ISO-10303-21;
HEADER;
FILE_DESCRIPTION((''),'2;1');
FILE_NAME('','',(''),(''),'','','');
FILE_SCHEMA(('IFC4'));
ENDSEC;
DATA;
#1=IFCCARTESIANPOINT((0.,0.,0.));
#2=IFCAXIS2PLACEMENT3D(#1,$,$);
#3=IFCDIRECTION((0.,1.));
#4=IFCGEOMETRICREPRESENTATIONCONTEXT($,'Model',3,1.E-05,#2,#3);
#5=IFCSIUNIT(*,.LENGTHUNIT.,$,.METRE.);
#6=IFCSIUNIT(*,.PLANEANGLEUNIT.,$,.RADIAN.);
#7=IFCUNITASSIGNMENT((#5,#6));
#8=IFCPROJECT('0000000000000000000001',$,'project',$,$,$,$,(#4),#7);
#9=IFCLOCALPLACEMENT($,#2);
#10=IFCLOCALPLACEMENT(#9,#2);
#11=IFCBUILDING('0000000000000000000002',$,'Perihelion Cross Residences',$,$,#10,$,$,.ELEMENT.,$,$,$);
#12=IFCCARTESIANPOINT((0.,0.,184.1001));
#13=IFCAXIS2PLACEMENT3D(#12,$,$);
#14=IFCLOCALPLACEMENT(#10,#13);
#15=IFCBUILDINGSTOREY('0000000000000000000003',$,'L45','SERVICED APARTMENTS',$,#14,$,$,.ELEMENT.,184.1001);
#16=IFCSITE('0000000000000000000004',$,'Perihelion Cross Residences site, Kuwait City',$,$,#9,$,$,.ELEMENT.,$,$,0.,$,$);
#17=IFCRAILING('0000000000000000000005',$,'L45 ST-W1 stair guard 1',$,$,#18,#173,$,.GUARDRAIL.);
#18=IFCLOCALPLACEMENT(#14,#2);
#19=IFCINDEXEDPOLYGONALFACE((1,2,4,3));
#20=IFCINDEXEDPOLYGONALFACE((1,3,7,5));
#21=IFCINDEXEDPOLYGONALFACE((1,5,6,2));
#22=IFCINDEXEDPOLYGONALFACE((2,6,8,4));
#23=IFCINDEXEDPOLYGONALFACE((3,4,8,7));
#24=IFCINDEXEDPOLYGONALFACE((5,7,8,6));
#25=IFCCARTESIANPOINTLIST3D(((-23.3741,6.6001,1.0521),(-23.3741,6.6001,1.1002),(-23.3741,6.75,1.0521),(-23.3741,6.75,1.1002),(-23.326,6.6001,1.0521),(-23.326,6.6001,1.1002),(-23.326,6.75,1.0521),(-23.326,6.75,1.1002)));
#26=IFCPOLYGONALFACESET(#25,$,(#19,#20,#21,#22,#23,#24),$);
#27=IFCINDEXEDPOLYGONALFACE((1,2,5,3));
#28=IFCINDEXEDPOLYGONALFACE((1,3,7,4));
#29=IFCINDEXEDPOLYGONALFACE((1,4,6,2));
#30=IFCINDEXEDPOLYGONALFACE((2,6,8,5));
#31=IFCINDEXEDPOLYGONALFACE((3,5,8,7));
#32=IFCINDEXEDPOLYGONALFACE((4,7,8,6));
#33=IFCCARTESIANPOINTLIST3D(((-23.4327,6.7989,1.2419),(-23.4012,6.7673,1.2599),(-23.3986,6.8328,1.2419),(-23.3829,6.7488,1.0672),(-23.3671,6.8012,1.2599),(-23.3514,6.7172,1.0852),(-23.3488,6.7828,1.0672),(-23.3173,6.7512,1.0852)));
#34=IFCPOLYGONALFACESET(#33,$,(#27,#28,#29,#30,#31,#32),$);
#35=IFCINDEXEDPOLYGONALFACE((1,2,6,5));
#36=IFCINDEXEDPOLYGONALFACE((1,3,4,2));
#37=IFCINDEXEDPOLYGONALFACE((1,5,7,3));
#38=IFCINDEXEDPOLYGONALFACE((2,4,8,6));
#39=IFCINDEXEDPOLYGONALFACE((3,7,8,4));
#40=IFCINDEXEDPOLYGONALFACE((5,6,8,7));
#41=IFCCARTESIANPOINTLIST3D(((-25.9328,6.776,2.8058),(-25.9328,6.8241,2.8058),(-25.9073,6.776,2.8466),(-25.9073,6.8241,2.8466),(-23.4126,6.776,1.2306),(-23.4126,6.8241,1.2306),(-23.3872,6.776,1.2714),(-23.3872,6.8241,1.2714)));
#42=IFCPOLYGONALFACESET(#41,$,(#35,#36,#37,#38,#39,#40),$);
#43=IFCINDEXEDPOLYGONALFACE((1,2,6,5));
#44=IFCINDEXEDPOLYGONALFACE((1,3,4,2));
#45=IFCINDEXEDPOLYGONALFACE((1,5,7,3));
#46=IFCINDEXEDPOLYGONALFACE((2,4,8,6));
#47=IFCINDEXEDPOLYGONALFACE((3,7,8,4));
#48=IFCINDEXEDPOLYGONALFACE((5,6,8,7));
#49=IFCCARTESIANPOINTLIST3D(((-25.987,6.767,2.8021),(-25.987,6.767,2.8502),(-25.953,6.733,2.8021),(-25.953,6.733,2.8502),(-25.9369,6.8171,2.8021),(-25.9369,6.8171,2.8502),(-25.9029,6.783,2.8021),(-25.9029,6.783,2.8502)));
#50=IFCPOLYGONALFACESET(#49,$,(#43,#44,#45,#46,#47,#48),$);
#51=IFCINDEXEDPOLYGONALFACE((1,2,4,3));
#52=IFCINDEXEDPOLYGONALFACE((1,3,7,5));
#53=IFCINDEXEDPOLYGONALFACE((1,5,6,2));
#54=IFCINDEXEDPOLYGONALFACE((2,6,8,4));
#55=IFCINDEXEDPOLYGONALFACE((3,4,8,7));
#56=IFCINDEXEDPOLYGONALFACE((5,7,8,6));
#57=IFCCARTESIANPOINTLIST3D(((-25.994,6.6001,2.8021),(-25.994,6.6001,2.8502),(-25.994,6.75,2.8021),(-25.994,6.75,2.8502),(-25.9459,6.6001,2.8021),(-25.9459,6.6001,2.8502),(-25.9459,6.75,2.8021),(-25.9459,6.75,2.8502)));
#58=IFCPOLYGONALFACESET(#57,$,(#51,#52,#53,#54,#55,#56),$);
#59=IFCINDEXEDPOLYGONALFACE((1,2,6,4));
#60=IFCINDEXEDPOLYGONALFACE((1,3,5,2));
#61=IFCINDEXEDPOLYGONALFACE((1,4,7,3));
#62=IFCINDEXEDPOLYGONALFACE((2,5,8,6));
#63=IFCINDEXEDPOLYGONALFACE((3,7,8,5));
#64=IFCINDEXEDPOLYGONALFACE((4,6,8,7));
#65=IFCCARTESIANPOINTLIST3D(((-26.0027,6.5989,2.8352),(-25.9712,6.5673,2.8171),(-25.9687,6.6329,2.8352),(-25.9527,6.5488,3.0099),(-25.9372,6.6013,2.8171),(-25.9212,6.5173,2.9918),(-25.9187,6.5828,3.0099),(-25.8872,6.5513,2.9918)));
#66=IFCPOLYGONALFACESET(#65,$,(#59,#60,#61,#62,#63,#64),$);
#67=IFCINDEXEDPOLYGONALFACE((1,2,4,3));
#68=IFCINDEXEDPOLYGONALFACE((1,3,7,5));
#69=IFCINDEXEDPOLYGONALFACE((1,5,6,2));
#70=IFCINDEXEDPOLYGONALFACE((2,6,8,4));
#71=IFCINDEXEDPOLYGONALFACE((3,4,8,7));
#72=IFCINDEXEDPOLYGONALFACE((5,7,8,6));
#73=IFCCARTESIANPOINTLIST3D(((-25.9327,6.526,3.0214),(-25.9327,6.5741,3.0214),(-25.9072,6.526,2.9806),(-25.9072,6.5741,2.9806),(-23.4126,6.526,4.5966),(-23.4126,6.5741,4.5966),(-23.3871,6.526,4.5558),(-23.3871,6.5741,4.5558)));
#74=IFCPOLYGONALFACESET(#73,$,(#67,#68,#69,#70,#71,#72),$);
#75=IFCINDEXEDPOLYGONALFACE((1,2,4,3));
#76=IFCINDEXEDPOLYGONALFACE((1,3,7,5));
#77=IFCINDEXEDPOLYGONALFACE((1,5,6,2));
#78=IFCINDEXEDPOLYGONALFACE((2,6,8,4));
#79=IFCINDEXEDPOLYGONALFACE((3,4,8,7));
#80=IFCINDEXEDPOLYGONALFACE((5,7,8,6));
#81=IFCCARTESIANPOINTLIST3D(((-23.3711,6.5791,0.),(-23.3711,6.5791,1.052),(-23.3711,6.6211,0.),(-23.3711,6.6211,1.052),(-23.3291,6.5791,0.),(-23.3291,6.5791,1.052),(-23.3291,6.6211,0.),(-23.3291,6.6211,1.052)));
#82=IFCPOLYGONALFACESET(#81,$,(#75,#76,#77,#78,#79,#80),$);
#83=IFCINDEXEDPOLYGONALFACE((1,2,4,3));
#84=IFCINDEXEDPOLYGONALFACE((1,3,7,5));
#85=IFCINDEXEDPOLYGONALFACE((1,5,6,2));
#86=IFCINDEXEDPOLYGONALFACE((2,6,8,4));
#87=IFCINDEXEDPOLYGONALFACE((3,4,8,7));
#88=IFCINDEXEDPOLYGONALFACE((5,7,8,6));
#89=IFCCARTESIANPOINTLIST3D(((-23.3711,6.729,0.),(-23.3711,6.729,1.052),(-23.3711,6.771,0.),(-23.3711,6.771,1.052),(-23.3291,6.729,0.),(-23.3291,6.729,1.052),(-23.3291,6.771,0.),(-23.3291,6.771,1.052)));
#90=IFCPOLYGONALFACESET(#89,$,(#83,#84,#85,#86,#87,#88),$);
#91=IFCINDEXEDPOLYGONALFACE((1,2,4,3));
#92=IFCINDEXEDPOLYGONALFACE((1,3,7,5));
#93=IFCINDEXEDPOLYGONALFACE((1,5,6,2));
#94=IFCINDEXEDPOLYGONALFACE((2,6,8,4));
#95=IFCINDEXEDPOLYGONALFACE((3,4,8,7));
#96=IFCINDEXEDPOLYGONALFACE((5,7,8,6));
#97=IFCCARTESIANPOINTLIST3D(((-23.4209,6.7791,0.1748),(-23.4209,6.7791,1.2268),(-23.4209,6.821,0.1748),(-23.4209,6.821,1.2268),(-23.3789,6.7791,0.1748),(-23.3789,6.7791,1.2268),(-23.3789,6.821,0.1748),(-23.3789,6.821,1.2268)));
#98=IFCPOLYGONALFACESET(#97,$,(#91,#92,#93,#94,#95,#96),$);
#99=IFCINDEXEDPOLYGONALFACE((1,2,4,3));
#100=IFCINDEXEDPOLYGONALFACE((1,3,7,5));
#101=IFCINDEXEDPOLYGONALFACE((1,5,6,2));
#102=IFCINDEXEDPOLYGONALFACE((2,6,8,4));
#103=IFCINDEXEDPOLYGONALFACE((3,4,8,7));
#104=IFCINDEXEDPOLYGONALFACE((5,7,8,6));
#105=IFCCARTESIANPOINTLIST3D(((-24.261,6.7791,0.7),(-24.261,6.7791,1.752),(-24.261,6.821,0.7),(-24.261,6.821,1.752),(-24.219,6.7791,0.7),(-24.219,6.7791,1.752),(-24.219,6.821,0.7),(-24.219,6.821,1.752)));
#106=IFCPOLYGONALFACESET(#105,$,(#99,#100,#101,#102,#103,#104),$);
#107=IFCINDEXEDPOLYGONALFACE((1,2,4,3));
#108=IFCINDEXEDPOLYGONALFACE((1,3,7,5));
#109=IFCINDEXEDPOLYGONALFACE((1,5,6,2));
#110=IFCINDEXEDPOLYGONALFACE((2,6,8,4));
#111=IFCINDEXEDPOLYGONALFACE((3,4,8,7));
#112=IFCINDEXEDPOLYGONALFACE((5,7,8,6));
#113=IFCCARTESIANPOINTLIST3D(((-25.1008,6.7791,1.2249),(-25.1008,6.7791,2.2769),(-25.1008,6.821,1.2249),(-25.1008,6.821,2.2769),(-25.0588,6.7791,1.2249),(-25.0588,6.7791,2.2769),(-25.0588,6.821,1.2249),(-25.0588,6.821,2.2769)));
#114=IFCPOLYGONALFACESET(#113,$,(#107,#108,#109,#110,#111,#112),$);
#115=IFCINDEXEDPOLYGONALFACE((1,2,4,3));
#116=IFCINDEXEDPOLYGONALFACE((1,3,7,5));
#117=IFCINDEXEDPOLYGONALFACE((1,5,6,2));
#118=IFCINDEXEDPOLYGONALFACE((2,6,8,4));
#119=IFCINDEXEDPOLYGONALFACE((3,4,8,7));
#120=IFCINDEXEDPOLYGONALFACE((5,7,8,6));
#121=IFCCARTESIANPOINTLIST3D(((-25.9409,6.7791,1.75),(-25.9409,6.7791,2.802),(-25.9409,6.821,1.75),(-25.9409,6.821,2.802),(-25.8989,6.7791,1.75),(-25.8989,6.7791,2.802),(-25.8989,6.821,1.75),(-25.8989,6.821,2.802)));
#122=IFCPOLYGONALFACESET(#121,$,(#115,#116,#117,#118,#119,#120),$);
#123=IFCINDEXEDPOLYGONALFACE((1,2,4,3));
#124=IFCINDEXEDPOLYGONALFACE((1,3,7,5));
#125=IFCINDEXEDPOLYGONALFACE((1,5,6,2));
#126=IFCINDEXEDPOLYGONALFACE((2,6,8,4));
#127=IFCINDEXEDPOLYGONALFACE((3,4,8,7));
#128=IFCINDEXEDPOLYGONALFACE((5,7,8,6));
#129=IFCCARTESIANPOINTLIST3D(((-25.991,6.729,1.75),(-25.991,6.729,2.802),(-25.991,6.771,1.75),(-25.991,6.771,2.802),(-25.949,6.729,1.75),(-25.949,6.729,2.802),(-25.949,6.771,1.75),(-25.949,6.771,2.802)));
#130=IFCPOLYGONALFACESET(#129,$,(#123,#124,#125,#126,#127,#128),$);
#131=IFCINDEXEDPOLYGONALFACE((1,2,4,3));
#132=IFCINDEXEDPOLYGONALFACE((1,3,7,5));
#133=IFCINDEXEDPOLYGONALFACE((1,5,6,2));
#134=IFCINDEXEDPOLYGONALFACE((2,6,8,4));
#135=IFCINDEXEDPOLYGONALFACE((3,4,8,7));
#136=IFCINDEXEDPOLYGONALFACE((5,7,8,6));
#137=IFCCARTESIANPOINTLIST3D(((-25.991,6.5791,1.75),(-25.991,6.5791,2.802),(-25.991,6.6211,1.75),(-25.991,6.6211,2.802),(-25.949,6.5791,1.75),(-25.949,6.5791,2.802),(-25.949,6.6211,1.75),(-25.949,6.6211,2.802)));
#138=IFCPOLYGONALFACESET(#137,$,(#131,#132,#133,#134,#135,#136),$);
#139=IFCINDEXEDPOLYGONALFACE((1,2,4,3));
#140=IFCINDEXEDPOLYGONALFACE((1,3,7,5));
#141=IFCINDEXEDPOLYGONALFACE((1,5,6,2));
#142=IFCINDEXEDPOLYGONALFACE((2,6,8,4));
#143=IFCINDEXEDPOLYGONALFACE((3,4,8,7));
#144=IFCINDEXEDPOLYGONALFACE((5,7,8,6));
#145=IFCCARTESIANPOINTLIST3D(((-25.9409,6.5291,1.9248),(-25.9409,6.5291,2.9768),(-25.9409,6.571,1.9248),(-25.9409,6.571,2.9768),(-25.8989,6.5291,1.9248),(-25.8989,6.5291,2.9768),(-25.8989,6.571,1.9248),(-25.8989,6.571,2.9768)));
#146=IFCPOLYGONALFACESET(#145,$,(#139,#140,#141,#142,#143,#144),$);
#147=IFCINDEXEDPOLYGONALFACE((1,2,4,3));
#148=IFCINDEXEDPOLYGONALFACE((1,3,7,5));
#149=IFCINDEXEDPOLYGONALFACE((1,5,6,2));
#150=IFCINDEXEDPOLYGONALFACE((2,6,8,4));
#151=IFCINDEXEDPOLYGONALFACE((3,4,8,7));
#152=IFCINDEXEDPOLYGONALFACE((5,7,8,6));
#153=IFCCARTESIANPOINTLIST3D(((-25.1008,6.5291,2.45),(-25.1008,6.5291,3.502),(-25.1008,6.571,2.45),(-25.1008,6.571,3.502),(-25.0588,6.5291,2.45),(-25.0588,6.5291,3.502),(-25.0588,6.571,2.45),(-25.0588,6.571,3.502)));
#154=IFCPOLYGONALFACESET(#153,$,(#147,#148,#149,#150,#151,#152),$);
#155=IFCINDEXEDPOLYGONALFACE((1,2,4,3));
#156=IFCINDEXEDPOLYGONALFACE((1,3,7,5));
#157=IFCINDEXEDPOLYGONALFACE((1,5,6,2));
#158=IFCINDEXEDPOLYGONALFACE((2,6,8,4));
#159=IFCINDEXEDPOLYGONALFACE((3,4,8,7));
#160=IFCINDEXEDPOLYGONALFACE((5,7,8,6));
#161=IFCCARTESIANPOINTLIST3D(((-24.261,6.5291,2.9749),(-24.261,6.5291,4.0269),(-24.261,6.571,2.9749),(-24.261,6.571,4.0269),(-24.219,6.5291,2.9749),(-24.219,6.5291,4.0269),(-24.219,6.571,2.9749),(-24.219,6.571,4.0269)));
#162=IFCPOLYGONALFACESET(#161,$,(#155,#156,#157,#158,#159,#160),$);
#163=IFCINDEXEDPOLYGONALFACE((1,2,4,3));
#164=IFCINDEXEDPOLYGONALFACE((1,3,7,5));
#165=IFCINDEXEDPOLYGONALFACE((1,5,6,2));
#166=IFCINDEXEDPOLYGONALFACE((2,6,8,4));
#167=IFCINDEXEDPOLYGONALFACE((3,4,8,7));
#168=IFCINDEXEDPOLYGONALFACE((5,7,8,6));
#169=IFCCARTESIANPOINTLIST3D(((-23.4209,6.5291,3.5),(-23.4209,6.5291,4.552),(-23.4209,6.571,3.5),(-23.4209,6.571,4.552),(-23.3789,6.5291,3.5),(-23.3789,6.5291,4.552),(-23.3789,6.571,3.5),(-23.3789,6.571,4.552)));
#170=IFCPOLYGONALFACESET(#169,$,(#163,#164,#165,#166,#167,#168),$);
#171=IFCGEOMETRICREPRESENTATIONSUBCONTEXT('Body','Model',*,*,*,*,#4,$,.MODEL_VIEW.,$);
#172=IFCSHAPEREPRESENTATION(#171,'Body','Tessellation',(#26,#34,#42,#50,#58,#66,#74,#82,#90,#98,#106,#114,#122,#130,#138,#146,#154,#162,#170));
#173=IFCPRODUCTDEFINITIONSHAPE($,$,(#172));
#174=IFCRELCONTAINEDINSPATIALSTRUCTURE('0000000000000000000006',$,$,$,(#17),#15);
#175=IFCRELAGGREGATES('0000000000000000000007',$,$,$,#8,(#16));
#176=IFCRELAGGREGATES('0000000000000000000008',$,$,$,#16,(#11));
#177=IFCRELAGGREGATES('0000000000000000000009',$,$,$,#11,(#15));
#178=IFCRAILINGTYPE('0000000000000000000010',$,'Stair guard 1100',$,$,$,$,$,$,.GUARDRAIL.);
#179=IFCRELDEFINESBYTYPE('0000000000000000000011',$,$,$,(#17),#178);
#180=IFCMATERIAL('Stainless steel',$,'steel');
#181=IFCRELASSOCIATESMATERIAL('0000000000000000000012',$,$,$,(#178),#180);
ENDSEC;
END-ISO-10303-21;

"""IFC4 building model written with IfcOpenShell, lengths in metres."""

from ifc_helpers import new_model, si_unit, direction, frame, origin, origin_2d, place, context, subcontext, project, spatial, rectangle, extrude, material, type_object, element, save


model = new_model("IFC4")

# Units and contexts
model_context = context("Model", 3, precision=1e-05, world=origin(), true_north=direction((0.0, 1.0)))
body_context = subcontext(model_context, "Body", "Model", "MODEL_VIEW")
ifc_project = project(units=[si_unit("LENGTHUNIT", "METRE"), si_unit("PLANEANGLEUNIT", "RADIAN")], contexts=[model_context])

# Site, building, storey
site_placement = place(None, origin())
site = spatial("IfcSite", under=ifc_project, at=site_placement, Name="Perihelion Cross Residences site, Kuwait City", CompositionType="ELEMENT", RefElevation=0.0)
building_placement = place(site_placement, origin())
building = spatial("IfcBuilding", under=site, at=building_placement, Name="Perihelion Cross Residences", CompositionType="ELEMENT")
storey_placement = place(building_placement, frame((0.0, 0.0, 184.1001)))
storey = spatial("IfcBuildingStorey", under=building, at=storey_placement, Name="L45", Description="SERVICED APARTMENTS", CompositionType="ELEMENT", Elevation=184.1001)

# Railing
ifc_material_1 = material(Name="Stainless steel", Category="steel")
railing_type_1 = type_object("IfcRailingType", Name="Stair guard 1100", PredefinedType="GUARDRAIL", material=ifc_material_1)
railing_1_placement = place(storey_placement, frame((-23.3501, 6.6001, 0.0)))
element("IfcRailing", 1, at=railing_1_placement, inside=storey, type_object=railing_type_1, Name="L45 ST-W1 stair guard 1", PredefinedType="GUARDRAIL", context=body_context, shape_type="SweptSolid", body=[
    extrude(rectangle(XDim=0.0481, YDim=0.0481, at=origin_2d()), frame((0.0, 0.0, 1.0762), z_axis=(0.0, 1.0, 0.0), x_axis=(-1.0, 0.0, 0.0)), (0.0, 0.0, 1.0), 0.1499),
    extrude(rectangle(XDim=0.0481, YDim=0.0481, at=origin_2d()), frame((0.0, 0.1499, 1.0762), z_axis=(-0.264179, 0.265474, 0.927218), x_axis=(-0.708834, -0.705376, 0.0)), (0.0, 0.0, 1.0), 0.1885),
    extrude(rectangle(XDim=0.0481, YDim=0.0481, at=origin_2d()), frame((-0.0498, 0.2, 1.251), z_axis=(-0.847971, 0.0, 0.530043), x_axis=(0.0, -1.0, 0.0)), (0.0, 0.0, 1.0), 2.9719),
    extrude(rectangle(XDim=0.0481, YDim=0.0481, at=origin_2d()), frame((-2.5698, 0.2, 2.8262), z_axis=(-0.707107, -0.707107, 0.0), x_axis=(0.707107, -0.707107, 0.0)), (0.0, 0.0, 1.0), 0.0708),
    extrude(rectangle(XDim=0.0481, YDim=0.0481, at=origin_2d()), frame((-2.6199, 0.1499, 2.8262), z_axis=(0.0, -1.0, 0.0), x_axis=(1.0, 0.0, 0.0)), (0.0, 0.0, 1.0), 0.1499),
    extrude(rectangle(XDim=0.0481, YDim=0.0481, at=origin_2d()), frame((-2.6199, 0.0, 2.8262), z_axis=(0.265383, -0.265383, 0.9269), x_axis=(0.707107, 0.707107, 0.0)), (0.0, 0.0, 1.0), 0.1885),
    extrude(rectangle(XDim=0.0481, YDim=0.0481, at=origin_2d()), frame((-2.5698, -0.05, 3.001), z_axis=(0.847971, 0.0, 0.530043), x_axis=(0.0, 1.0, 0.0)), (0.0, 0.0, 1.0), 2.9719),
    extrude(rectangle(XDim=0.042, YDim=0.042, at=origin_2d()), origin(), (0.0, 0.0, 1.0), 1.052),
    extrude(rectangle(XDim=0.042, YDim=0.042, at=origin_2d()), frame((0.0, 0.1499, 0.0)), (0.0, 0.0, 1.0), 1.052),
    extrude(rectangle(XDim=0.042, YDim=0.042, at=origin_2d()), frame((-0.0498, 0.2, 0.1748)), (0.0, 0.0, 1.0), 1.052),
    extrude(rectangle(XDim=0.042, YDim=0.042, at=origin_2d()), frame((-0.8899, 0.2, 0.7)), (0.0, 0.0, 1.0), 1.052),
    extrude(rectangle(XDim=0.042, YDim=0.042, at=origin_2d()), frame((-1.7297, 0.2, 1.2249)), (0.0, 0.0, 1.0), 1.052),
    extrude(rectangle(XDim=0.042, YDim=0.042, at=origin_2d()), frame((-2.5698, 0.2, 1.75)), (0.0, 0.0, 1.0), 1.052),
    extrude(rectangle(XDim=0.042, YDim=0.042, at=origin_2d()), frame((-2.6199, 0.1499, 1.75)), (0.0, 0.0, 1.0), 1.052),
    extrude(rectangle(XDim=0.042, YDim=0.042, at=origin_2d()), frame((-2.6199, 0.0, 1.75)), (0.0, 0.0, 1.0), 1.052),
    extrude(rectangle(XDim=0.042, YDim=0.042, at=origin_2d()), frame((-2.5698, -0.05, 1.9248)), (0.0, 0.0, 1.0), 1.052),
    extrude(rectangle(XDim=0.042, YDim=0.042, at=origin_2d()), frame((-1.7297, -0.05, 2.45)), (0.0, 0.0, 1.0), 1.052),
    extrude(rectangle(XDim=0.042, YDim=0.042, at=origin_2d()), frame((-0.8899, -0.05, 2.9749)), (0.0, 0.0, 1.0), 1.052),
    extrude(rectangle(XDim=0.042, YDim=0.042, at=origin_2d()), frame((-0.0498, -0.05, 3.5)), (0.0, 0.0, 1.0), 1.052),
])

save(model, "model.ifc")
